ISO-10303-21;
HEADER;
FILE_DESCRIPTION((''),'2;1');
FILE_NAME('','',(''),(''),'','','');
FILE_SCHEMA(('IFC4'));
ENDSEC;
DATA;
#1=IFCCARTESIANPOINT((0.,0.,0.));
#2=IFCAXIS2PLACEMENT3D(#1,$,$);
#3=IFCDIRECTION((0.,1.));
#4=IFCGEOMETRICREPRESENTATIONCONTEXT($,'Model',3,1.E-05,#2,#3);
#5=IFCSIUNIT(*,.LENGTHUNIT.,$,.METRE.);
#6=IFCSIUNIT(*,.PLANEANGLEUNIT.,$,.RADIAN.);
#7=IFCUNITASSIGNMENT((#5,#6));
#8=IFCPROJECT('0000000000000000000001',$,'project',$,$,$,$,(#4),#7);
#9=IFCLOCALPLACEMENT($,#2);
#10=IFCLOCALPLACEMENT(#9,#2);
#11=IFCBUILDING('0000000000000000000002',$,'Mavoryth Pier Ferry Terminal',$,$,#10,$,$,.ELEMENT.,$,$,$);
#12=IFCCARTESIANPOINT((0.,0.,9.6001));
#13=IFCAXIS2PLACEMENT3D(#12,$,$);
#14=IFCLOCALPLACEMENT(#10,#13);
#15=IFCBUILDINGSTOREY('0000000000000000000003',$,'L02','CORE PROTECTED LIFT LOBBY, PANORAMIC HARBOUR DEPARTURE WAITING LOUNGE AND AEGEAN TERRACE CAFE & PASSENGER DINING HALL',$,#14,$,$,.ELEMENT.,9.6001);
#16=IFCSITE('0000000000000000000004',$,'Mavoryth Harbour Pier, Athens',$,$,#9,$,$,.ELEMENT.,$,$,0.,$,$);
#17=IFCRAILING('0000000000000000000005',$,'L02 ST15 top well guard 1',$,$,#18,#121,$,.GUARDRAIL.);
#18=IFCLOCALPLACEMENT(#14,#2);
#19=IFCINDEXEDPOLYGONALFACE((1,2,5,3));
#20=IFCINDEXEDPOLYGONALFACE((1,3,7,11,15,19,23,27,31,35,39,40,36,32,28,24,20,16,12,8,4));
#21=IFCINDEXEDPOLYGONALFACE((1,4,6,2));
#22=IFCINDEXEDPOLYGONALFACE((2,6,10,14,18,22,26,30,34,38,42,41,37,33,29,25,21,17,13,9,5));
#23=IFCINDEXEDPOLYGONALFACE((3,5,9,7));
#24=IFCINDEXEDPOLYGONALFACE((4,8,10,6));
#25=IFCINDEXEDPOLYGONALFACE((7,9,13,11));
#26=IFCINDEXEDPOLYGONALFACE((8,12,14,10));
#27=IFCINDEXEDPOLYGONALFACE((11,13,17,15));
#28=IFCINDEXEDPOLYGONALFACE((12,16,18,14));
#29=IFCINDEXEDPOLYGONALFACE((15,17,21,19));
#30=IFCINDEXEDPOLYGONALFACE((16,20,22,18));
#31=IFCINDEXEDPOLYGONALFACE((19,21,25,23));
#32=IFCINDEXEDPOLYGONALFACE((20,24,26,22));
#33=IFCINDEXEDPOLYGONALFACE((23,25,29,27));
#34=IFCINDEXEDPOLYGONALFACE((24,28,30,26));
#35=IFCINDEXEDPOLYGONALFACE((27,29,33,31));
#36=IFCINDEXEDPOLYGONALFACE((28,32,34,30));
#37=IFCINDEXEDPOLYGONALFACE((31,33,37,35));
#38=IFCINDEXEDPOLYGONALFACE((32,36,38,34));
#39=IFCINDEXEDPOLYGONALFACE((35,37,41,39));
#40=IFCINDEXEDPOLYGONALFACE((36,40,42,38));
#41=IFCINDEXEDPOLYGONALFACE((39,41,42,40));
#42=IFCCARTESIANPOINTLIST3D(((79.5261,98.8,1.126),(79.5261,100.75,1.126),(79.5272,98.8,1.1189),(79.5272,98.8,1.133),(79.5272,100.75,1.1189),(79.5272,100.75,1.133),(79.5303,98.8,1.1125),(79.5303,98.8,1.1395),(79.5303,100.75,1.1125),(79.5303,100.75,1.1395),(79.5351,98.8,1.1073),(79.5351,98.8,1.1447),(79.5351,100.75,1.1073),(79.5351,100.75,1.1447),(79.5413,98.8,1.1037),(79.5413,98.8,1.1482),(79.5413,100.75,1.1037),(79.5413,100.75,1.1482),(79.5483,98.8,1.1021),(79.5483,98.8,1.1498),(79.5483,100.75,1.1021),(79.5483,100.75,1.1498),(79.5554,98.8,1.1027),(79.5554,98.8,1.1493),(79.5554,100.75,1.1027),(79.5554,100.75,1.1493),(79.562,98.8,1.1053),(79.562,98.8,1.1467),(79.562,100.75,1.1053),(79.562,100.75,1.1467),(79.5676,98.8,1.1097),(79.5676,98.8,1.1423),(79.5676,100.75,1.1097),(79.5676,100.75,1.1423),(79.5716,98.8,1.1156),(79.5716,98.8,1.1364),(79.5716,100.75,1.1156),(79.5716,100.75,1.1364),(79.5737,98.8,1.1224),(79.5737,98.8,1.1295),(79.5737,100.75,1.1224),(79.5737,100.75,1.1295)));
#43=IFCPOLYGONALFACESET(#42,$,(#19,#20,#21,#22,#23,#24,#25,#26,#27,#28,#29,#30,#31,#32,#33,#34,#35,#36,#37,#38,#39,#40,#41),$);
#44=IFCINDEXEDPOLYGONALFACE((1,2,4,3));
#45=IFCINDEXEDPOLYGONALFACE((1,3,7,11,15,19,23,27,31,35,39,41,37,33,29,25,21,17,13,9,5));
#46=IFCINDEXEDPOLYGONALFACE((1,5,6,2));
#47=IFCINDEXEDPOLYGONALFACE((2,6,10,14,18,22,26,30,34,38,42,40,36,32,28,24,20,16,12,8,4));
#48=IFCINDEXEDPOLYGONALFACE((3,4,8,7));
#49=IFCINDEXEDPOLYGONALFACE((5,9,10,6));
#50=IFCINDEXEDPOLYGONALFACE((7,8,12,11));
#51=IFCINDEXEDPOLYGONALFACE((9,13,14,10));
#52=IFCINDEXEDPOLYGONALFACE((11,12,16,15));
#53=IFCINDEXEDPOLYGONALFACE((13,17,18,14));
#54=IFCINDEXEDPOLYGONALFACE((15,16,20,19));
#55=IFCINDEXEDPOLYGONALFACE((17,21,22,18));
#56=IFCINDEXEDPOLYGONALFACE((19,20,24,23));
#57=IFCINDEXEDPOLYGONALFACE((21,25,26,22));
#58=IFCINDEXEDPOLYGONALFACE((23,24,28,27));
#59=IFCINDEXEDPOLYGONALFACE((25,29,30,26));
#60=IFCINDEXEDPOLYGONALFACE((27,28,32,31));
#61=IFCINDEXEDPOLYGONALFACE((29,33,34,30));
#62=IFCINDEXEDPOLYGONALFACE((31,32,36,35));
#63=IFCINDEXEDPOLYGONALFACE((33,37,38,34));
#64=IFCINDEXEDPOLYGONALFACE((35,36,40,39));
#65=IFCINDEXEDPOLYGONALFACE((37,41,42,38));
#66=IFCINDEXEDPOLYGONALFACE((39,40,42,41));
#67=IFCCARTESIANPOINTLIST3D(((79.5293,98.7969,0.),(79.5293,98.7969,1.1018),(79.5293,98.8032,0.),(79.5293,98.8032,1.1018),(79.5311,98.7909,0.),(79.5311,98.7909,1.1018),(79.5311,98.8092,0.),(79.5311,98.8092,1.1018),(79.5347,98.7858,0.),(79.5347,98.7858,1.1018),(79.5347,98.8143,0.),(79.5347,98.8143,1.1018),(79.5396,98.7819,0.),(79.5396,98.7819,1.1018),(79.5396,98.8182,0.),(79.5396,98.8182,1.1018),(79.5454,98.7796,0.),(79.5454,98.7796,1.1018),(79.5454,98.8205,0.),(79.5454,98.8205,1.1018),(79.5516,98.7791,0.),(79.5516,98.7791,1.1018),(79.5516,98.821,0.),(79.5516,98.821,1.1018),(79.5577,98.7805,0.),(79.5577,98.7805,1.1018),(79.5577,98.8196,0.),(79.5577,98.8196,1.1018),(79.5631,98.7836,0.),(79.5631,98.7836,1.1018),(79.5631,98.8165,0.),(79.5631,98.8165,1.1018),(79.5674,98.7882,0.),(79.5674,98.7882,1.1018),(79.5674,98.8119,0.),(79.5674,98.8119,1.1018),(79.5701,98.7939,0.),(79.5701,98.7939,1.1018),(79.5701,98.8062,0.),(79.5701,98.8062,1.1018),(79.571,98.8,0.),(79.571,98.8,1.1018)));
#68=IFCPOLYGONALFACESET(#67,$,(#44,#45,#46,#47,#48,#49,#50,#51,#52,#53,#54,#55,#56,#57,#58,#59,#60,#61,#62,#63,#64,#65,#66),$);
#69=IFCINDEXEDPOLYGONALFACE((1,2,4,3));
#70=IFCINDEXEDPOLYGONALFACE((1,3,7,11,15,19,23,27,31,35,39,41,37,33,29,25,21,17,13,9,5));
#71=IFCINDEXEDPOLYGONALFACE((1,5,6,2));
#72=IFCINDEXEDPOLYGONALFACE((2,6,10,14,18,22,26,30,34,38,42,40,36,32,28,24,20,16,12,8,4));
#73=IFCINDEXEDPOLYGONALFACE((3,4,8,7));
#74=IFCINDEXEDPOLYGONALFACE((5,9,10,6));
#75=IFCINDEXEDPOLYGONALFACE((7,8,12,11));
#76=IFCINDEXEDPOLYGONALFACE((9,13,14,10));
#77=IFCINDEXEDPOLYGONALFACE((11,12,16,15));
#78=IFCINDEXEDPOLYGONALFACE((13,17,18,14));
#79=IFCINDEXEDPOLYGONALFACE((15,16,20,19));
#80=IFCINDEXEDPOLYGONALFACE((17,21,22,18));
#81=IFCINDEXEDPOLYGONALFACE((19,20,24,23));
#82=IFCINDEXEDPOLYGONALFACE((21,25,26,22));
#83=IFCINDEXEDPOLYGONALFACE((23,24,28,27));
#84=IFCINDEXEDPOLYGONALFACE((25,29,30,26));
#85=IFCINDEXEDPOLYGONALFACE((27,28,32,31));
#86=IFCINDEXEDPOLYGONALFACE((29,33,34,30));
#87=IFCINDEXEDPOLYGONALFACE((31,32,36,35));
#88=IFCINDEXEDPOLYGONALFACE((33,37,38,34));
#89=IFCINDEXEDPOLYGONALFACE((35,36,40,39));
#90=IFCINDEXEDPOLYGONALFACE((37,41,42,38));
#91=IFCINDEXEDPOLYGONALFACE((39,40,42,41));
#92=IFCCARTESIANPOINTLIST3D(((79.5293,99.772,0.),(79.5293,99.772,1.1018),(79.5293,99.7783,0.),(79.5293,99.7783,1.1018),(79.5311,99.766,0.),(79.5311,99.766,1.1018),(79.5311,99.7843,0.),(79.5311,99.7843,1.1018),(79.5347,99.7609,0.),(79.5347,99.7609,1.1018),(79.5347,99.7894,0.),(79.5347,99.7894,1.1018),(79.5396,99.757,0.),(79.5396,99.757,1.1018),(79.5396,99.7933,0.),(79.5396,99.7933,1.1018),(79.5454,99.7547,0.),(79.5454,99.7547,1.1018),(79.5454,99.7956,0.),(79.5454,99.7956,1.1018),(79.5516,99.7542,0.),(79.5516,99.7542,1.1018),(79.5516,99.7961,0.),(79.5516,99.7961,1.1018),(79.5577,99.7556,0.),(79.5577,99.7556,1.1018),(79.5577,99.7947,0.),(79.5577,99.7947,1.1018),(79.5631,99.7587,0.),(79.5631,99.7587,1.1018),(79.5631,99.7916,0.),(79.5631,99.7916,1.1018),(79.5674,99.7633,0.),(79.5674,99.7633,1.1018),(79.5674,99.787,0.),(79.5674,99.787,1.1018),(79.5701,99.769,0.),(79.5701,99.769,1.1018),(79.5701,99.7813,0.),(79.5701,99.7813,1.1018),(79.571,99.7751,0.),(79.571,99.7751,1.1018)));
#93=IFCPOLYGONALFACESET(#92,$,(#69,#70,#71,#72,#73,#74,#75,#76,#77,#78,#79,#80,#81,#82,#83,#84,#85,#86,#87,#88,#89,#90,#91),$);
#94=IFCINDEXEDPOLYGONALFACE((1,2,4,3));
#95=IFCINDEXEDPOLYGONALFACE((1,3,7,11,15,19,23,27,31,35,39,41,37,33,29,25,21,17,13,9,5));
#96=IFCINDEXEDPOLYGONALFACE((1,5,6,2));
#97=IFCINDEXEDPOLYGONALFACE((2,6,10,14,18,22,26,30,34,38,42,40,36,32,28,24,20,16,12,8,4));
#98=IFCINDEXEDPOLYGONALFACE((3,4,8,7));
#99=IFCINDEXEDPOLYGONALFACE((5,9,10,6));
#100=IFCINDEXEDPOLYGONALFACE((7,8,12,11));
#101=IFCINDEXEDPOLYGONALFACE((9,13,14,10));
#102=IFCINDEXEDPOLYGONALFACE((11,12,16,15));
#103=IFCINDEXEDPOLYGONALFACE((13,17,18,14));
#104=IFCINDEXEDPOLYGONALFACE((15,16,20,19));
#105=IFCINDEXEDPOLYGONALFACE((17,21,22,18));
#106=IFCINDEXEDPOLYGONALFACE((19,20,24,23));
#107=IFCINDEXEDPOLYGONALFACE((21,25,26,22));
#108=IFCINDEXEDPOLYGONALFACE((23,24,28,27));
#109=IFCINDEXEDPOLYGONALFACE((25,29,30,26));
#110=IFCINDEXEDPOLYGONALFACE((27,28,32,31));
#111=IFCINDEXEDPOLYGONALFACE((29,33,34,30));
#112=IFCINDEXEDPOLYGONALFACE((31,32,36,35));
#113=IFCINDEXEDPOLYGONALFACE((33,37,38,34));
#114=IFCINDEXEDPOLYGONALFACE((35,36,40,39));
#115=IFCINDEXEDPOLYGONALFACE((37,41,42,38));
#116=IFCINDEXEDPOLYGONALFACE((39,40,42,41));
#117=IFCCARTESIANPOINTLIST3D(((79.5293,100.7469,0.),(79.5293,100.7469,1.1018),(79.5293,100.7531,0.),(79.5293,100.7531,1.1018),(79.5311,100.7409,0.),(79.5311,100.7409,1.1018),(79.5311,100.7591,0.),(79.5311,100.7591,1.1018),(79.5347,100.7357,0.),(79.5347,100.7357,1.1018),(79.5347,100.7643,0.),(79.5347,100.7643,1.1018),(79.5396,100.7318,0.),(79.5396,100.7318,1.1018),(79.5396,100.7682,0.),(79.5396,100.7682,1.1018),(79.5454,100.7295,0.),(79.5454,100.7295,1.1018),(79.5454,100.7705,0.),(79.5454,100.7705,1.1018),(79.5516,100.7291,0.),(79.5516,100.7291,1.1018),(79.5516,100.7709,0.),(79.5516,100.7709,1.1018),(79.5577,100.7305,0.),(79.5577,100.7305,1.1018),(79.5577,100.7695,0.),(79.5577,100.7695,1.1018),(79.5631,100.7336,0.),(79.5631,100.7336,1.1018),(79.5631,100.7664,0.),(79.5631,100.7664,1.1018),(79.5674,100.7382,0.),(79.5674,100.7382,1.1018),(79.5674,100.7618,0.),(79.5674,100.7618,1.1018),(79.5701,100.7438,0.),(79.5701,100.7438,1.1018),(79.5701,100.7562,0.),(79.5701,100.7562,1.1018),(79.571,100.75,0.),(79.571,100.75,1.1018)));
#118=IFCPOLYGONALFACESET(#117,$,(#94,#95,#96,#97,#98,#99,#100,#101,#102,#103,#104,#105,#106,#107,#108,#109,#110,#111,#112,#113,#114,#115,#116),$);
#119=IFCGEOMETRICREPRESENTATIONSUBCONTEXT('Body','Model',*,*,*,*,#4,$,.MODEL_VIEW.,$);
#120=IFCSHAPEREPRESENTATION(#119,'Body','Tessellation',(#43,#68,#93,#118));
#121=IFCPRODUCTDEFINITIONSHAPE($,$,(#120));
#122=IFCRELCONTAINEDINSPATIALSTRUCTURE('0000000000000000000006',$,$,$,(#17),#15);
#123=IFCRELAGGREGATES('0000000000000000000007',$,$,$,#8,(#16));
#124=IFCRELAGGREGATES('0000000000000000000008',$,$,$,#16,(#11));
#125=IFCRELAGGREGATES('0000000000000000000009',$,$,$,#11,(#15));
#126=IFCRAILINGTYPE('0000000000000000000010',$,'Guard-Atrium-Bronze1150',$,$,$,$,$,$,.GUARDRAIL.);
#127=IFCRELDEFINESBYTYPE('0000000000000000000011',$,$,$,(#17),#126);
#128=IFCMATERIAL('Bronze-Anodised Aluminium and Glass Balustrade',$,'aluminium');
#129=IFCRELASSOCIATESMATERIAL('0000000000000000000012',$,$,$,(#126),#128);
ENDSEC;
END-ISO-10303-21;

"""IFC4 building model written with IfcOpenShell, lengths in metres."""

from ifc_helpers import new_model, si_unit, direction, frame, origin, origin_2d, place, context, subcontext, project, spatial, circle, extrude, material, type_object, element, save


model = new_model("IFC4")

# Units and contexts
model_context = context("Model", 3, precision=1e-05, world=origin(), true_north=direction((0.0, 1.0)))
body_context = subcontext(model_context, "Body", "Model", "MODEL_VIEW")
ifc_project = project(units=[si_unit("LENGTHUNIT", "METRE"), si_unit("PLANEANGLEUNIT", "RADIAN")], contexts=[model_context])

# Site, building, storey
site_placement = place(None, origin())
site = spatial("IfcSite", under=ifc_project, at=site_placement, Name="Mavoryth Harbour Pier, Athens", CompositionType="ELEMENT", RefElevation=0.0)
building_placement = place(site_placement, origin())
building = spatial("IfcBuilding", under=site, at=building_placement, Name="Mavoryth Pier Ferry Terminal", CompositionType="ELEMENT")
storey_placement = place(building_placement, frame((0.0, 0.0, 9.6001)))
storey = spatial("IfcBuildingStorey", under=building, at=storey_placement, Name="L02", Description="CORE PROTECTED LIFT LOBBY, PANORAMIC HARBOUR DEPARTURE WAITING LOUNGE AND AEGEAN TERRACE CAFE & PASSENGER DINING HALL", CompositionType="ELEMENT", Elevation=9.6001)

# Railing
ifc_material_1 = material(Name="Bronze-Anodised Aluminium and Glass Balustrade", Category="aluminium")
railing_type_1 = type_object("IfcRailingType", Name="Guard-Atrium-Bronze1150", PredefinedType="GUARDRAIL", material=ifc_material_1)
railing_1_placement = place(storey_placement, frame((79.55, 98.8, 0.0)))
element("IfcRailing", 1, at=railing_1_placement, inside=storey, type_object=railing_type_1, Name="L02 ST15 top well guard 1", PredefinedType="GUARDRAIL", context=body_context, shape_type="SweptSolid", body=[
    extrude(circle(Radius=0.0239, at=origin_2d()), frame((0.0, 0.0, 1.126), z_axis=(0.0, 1.0, 0.0), x_axis=(-1.0, 0.0, 0.0)), (0.0, 0.0, 1.0), 1.95),
    extrude(circle(Radius=0.021, at=origin_2d()), origin(), (0.0, 0.0, 1.0), 1.1018),
    extrude(circle(Radius=0.021, at=origin_2d()), frame((0.0, 0.9751, 0.0)), (0.0, 0.0, 1.0), 1.1018),
    extrude(circle(Radius=0.021, at=origin_2d()), frame((0.0, 1.95, 0.0)), (0.0, 0.0, 1.0), 1.1018),
])

save(model, "model.ifc")
